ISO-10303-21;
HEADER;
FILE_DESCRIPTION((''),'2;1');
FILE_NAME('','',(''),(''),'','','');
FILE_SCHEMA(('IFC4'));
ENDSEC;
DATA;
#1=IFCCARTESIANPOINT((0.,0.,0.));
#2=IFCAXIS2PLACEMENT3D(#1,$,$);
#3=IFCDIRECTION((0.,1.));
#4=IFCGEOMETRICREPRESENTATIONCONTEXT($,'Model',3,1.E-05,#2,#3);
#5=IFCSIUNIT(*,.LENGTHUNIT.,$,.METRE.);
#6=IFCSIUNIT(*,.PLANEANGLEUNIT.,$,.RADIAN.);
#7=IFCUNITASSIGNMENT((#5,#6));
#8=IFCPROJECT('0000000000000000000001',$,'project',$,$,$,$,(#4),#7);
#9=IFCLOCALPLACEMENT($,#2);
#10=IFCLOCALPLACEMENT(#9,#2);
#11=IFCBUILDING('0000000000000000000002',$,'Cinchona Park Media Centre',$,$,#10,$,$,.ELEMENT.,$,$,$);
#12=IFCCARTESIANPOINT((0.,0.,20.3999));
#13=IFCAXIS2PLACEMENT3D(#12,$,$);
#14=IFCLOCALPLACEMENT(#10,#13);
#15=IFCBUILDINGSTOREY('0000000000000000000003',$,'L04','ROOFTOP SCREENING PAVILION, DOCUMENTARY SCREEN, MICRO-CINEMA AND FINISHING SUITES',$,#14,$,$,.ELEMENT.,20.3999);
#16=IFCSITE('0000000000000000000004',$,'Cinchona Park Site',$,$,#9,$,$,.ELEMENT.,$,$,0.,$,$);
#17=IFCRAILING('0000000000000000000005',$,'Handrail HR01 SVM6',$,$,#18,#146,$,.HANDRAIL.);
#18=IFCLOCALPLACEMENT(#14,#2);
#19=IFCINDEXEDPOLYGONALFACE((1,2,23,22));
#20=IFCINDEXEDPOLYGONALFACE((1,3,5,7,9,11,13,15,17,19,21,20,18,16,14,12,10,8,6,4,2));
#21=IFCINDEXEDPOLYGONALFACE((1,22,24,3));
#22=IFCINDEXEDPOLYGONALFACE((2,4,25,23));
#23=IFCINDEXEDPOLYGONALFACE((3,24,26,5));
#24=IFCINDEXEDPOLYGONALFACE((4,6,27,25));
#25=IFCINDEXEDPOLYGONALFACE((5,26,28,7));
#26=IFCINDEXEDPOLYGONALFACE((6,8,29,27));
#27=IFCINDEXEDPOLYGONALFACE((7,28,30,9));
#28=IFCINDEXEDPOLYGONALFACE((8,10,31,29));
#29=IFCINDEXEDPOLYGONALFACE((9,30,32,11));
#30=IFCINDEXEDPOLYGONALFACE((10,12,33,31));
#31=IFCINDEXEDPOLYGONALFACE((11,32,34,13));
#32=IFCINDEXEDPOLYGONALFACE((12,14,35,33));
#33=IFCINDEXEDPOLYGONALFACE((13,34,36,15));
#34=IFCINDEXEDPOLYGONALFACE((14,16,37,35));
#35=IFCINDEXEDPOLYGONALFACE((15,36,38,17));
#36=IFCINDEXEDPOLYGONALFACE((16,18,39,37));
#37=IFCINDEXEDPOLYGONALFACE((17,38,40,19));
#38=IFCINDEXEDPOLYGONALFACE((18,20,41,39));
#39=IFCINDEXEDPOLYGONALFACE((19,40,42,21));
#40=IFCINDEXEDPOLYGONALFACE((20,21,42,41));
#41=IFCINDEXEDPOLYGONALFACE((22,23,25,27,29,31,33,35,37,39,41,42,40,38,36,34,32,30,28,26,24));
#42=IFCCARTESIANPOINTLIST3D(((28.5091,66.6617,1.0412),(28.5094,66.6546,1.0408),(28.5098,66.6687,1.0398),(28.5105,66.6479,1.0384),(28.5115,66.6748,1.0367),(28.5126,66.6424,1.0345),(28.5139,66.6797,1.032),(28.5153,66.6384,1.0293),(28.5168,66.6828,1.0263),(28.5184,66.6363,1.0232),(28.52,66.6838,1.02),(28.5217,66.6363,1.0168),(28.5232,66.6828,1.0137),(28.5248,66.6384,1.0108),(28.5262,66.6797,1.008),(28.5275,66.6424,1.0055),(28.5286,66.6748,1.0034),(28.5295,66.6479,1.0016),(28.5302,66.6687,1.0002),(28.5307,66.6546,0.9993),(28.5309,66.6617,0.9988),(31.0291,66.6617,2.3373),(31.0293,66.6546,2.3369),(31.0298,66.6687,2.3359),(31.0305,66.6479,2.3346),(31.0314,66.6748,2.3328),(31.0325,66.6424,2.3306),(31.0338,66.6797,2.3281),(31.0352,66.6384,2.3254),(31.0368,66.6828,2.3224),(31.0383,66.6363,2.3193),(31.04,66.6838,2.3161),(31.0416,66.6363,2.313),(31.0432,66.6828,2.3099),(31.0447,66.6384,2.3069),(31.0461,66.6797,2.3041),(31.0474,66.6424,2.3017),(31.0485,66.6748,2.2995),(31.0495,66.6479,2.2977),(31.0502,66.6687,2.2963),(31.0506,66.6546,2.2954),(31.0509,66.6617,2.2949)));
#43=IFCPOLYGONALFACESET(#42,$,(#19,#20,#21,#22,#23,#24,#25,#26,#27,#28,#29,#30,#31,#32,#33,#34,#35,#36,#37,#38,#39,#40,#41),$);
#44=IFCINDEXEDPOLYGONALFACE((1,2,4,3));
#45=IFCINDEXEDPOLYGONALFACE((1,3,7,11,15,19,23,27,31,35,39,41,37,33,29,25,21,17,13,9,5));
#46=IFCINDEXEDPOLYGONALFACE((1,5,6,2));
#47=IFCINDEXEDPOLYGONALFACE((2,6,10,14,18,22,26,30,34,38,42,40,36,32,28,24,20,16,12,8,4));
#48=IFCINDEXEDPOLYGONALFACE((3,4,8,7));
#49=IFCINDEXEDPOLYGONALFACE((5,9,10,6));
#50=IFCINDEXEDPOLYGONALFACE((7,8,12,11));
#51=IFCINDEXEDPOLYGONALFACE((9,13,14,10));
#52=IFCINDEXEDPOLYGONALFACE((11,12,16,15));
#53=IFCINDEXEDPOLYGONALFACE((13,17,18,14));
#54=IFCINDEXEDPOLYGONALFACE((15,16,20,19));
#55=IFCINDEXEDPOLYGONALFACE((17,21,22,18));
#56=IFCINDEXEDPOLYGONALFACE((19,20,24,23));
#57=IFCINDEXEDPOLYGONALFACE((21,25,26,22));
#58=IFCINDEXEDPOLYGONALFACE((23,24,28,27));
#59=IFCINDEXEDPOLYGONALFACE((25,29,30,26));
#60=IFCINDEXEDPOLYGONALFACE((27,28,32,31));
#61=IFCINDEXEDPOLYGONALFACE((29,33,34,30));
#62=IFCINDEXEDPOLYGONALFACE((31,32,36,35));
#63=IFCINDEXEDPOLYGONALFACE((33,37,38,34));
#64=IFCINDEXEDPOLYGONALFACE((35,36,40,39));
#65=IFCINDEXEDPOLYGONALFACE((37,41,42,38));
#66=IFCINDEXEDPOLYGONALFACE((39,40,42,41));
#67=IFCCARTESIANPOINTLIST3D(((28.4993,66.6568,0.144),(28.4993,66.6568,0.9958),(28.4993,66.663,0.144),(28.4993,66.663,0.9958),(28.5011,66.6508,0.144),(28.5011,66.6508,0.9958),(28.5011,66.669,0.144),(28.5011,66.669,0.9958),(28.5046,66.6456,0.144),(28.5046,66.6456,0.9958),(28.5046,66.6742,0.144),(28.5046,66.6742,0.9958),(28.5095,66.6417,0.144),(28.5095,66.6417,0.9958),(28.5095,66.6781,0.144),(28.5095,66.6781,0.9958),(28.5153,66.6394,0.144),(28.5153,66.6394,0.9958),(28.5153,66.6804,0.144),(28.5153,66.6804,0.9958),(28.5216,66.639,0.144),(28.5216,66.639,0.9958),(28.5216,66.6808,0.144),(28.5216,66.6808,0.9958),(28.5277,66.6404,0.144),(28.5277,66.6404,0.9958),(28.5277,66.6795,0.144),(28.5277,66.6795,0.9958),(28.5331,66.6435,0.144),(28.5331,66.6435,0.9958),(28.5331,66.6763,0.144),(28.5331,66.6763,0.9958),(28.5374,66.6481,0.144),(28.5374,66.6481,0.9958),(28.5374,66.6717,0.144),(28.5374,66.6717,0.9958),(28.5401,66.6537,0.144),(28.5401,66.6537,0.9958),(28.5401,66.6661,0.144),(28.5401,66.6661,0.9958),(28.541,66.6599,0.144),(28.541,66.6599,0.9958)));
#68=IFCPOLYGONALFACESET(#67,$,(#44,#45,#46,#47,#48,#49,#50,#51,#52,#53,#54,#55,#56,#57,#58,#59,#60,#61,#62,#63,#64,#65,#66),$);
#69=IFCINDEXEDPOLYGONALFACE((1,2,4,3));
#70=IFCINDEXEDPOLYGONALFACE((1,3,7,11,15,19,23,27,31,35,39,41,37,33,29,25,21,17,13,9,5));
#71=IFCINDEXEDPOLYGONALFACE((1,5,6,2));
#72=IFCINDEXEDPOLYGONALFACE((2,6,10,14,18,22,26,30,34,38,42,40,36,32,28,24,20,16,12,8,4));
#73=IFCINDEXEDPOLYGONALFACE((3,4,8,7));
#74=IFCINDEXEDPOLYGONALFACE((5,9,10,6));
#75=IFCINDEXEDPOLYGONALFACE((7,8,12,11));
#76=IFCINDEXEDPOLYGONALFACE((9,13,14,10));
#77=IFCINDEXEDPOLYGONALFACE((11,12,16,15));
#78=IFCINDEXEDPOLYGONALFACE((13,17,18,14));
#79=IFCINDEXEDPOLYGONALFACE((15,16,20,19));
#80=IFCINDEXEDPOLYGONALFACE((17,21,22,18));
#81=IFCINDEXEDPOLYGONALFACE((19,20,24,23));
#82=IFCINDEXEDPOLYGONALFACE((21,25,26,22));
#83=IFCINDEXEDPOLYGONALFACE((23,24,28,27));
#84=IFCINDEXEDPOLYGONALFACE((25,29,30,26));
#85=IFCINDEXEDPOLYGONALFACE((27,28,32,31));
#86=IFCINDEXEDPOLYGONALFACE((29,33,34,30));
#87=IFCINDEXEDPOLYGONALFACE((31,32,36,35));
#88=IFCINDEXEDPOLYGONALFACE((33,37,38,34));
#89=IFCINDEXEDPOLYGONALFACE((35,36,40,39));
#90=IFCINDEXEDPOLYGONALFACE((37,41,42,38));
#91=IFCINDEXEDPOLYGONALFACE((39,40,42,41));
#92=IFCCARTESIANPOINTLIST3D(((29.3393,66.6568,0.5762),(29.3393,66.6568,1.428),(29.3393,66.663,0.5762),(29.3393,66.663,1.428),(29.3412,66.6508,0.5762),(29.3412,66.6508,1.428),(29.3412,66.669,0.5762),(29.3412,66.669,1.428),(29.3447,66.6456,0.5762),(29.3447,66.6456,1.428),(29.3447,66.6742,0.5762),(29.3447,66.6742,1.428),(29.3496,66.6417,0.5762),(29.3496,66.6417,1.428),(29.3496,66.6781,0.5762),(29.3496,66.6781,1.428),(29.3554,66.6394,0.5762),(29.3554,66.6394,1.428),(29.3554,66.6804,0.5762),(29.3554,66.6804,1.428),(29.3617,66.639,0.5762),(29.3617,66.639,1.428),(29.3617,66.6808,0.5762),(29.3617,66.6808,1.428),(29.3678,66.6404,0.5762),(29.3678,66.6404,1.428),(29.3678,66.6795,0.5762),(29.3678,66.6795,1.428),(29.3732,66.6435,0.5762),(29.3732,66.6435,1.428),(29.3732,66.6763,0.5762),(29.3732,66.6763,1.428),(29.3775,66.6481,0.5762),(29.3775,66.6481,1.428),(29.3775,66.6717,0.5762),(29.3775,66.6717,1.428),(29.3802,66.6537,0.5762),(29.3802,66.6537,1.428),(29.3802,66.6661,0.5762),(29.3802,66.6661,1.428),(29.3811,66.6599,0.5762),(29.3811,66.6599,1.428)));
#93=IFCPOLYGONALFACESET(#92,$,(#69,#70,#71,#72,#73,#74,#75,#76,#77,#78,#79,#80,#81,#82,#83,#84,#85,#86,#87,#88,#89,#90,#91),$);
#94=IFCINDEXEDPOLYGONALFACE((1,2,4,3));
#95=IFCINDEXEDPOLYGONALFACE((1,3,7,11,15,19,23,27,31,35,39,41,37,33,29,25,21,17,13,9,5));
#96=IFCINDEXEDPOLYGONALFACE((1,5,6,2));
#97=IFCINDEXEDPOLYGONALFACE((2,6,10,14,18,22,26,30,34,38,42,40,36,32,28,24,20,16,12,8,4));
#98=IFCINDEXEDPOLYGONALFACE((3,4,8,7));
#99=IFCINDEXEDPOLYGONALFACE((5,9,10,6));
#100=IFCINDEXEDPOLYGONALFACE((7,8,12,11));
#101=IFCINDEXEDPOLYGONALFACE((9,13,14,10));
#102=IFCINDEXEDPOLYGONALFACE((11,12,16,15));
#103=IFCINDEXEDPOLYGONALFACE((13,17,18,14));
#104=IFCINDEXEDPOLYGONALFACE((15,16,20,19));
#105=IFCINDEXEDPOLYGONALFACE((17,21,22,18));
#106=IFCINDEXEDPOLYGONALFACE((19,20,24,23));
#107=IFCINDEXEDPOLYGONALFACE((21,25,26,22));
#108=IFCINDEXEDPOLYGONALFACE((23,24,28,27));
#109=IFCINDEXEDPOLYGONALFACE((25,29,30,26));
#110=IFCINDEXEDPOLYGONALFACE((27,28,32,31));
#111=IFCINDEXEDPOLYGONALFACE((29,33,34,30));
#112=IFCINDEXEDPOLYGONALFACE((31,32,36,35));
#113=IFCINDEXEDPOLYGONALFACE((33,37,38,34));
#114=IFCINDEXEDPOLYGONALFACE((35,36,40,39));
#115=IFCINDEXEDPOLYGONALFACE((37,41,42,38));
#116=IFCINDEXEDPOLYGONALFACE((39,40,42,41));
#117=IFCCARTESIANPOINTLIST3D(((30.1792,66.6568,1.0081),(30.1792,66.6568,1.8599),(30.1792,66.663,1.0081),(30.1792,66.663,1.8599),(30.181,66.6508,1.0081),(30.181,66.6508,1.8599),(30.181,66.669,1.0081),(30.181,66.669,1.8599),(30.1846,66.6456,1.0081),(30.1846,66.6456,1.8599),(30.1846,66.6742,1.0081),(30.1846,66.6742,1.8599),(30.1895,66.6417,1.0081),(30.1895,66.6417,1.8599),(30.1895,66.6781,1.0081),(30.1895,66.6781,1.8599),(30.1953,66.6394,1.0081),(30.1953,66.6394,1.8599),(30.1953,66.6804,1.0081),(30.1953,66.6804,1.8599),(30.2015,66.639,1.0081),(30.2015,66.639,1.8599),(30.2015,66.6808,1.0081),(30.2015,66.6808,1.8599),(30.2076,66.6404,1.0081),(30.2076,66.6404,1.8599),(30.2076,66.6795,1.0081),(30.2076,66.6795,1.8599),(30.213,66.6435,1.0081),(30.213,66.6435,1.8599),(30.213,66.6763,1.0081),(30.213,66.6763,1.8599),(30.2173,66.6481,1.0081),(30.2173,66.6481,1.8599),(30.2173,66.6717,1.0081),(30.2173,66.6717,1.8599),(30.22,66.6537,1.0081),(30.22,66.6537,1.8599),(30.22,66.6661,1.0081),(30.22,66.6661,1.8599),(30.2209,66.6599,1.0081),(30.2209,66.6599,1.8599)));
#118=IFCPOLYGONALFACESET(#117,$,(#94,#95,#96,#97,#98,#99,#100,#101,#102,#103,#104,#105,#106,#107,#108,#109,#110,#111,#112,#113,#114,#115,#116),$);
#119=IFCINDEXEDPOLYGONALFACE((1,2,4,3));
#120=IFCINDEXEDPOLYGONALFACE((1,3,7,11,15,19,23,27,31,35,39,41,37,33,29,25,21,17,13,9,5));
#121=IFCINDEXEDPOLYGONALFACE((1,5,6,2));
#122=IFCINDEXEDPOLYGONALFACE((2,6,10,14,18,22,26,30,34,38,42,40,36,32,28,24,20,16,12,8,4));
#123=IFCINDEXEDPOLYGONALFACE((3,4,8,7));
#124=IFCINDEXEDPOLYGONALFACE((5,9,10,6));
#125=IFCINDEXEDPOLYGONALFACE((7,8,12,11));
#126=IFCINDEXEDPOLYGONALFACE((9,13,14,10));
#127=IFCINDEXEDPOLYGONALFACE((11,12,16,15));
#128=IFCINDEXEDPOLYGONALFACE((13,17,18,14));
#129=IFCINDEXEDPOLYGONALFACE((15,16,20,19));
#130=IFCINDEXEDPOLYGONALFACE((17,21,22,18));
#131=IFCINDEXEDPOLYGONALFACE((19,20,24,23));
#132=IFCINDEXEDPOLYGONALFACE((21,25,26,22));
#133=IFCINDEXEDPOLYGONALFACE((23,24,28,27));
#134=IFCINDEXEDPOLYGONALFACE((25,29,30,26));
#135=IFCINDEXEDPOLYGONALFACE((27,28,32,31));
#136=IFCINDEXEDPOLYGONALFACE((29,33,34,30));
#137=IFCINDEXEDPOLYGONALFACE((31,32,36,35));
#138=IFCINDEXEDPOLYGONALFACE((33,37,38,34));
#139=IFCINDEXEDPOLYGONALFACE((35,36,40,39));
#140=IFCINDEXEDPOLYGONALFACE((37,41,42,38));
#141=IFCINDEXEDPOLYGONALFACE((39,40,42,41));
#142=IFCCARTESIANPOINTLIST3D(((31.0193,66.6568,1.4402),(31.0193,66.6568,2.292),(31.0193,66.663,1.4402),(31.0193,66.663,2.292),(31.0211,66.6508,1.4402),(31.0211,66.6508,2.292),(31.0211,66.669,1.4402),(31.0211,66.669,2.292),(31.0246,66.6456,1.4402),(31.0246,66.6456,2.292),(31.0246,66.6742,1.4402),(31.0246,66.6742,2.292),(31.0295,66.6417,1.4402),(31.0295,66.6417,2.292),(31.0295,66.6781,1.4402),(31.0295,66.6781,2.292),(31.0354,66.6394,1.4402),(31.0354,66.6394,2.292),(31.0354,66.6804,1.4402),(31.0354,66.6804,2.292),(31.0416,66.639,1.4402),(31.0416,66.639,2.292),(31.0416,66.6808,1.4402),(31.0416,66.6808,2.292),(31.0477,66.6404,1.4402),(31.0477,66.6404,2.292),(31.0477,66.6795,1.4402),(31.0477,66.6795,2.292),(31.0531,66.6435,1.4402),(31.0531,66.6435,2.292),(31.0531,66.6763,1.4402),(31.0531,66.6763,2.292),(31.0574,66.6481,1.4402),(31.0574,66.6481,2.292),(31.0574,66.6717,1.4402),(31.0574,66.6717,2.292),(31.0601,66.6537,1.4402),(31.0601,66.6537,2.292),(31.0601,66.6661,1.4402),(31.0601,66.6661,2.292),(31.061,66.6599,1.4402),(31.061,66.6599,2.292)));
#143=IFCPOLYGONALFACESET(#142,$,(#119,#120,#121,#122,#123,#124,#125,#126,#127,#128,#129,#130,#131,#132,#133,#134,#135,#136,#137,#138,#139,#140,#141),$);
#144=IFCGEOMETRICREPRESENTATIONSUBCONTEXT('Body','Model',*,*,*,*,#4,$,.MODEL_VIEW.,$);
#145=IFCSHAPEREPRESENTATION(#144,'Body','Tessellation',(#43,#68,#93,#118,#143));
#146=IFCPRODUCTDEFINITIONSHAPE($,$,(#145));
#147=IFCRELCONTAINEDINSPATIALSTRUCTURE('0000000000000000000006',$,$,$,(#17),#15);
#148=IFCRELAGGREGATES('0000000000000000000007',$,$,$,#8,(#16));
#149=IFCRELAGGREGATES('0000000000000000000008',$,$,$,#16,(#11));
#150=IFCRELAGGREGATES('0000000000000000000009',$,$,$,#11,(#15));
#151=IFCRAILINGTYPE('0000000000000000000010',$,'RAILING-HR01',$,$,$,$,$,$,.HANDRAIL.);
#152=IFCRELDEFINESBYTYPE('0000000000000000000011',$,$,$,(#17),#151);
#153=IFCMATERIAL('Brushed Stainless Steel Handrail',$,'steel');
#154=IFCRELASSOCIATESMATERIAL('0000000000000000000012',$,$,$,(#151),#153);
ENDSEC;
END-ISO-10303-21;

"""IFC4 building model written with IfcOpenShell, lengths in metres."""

from ifc_helpers import new_model, si_unit, direction, frame, origin, origin_2d, place, context, subcontext, project, spatial, circle, extrude, material, type_object, element, save


model = new_model("IFC4")

# Units and contexts
model_context = context("Model", 3, precision=1e-05, world=origin(), true_north=direction((0.0, 1.0)))
body_context = subcontext(model_context, "Body", "Model", "MODEL_VIEW")
ifc_project = project(units=[si_unit("LENGTHUNIT", "METRE"), si_unit("PLANEANGLEUNIT", "RADIAN")], contexts=[model_context])

# Site, building, storey
site_placement = place(None, origin())
site = spatial("IfcSite", under=ifc_project, at=site_placement, Name="Cinchona Park Site", CompositionType="ELEMENT", RefElevation=0.0)
building_placement = place(site_placement, origin())
building = spatial("IfcBuilding", under=site, at=building_placement, Name="Cinchona Park Media Centre", CompositionType="ELEMENT")
storey_placement = place(building_placement, frame((0.0, 0.0, 20.3999)))
storey = spatial("IfcBuildingStorey", under=building, at=storey_placement, Name="L04", Description="ROOFTOP SCREENING PAVILION, DOCUMENTARY SCREEN, MICRO-CINEMA AND FINISHING SUITES", CompositionType="ELEMENT", Elevation=20.3999)

# Railing
ifc_material_1 = material(Name="Brushed Stainless Steel Handrail", Category="steel")
railing_type_1 = type_object("IfcRailingType", Name="RAILING-HR01", PredefinedType="HANDRAIL", material=ifc_material_1)
railing_1_placement = place(storey_placement, frame((28.52, 66.6599, 0.144)))
element("IfcRailing", 1, at=railing_1_placement, inside=storey, type_object=railing_type_1, Name="Handrail HR01 SVM6", PredefinedType="HANDRAIL", context=body_context, shape_type="SweptSolid", body=[
    extrude(circle(Radius=0.0239, at=origin_2d()), frame((0.0, 0.0, 0.876), z_axis=(0.889269, 0.0, 0.457385), x_axis=(0.0, 1.0, 0.0)), (0.0, 0.0, 1.0), 2.8337),
    extrude(circle(Radius=0.021, at=origin_2d()), origin(), (0.0, 0.0, 1.0), 0.8518),
    extrude(circle(Radius=0.021, at=origin_2d()), frame((0.8401, 0.0, 0.4321)), (0.0, 0.0, 1.0), 0.8518),
    extrude(circle(Radius=0.021, at=origin_2d()), frame((1.6799, 0.0, 0.864)), (0.0, 0.0, 1.0), 0.8518),
    extrude(circle(Radius=0.021, at=origin_2d()), frame((2.52, 0.0, 1.2961)), (0.0, 0.0, 1.0), 0.8518),
])

save(model, "model.ifc")
